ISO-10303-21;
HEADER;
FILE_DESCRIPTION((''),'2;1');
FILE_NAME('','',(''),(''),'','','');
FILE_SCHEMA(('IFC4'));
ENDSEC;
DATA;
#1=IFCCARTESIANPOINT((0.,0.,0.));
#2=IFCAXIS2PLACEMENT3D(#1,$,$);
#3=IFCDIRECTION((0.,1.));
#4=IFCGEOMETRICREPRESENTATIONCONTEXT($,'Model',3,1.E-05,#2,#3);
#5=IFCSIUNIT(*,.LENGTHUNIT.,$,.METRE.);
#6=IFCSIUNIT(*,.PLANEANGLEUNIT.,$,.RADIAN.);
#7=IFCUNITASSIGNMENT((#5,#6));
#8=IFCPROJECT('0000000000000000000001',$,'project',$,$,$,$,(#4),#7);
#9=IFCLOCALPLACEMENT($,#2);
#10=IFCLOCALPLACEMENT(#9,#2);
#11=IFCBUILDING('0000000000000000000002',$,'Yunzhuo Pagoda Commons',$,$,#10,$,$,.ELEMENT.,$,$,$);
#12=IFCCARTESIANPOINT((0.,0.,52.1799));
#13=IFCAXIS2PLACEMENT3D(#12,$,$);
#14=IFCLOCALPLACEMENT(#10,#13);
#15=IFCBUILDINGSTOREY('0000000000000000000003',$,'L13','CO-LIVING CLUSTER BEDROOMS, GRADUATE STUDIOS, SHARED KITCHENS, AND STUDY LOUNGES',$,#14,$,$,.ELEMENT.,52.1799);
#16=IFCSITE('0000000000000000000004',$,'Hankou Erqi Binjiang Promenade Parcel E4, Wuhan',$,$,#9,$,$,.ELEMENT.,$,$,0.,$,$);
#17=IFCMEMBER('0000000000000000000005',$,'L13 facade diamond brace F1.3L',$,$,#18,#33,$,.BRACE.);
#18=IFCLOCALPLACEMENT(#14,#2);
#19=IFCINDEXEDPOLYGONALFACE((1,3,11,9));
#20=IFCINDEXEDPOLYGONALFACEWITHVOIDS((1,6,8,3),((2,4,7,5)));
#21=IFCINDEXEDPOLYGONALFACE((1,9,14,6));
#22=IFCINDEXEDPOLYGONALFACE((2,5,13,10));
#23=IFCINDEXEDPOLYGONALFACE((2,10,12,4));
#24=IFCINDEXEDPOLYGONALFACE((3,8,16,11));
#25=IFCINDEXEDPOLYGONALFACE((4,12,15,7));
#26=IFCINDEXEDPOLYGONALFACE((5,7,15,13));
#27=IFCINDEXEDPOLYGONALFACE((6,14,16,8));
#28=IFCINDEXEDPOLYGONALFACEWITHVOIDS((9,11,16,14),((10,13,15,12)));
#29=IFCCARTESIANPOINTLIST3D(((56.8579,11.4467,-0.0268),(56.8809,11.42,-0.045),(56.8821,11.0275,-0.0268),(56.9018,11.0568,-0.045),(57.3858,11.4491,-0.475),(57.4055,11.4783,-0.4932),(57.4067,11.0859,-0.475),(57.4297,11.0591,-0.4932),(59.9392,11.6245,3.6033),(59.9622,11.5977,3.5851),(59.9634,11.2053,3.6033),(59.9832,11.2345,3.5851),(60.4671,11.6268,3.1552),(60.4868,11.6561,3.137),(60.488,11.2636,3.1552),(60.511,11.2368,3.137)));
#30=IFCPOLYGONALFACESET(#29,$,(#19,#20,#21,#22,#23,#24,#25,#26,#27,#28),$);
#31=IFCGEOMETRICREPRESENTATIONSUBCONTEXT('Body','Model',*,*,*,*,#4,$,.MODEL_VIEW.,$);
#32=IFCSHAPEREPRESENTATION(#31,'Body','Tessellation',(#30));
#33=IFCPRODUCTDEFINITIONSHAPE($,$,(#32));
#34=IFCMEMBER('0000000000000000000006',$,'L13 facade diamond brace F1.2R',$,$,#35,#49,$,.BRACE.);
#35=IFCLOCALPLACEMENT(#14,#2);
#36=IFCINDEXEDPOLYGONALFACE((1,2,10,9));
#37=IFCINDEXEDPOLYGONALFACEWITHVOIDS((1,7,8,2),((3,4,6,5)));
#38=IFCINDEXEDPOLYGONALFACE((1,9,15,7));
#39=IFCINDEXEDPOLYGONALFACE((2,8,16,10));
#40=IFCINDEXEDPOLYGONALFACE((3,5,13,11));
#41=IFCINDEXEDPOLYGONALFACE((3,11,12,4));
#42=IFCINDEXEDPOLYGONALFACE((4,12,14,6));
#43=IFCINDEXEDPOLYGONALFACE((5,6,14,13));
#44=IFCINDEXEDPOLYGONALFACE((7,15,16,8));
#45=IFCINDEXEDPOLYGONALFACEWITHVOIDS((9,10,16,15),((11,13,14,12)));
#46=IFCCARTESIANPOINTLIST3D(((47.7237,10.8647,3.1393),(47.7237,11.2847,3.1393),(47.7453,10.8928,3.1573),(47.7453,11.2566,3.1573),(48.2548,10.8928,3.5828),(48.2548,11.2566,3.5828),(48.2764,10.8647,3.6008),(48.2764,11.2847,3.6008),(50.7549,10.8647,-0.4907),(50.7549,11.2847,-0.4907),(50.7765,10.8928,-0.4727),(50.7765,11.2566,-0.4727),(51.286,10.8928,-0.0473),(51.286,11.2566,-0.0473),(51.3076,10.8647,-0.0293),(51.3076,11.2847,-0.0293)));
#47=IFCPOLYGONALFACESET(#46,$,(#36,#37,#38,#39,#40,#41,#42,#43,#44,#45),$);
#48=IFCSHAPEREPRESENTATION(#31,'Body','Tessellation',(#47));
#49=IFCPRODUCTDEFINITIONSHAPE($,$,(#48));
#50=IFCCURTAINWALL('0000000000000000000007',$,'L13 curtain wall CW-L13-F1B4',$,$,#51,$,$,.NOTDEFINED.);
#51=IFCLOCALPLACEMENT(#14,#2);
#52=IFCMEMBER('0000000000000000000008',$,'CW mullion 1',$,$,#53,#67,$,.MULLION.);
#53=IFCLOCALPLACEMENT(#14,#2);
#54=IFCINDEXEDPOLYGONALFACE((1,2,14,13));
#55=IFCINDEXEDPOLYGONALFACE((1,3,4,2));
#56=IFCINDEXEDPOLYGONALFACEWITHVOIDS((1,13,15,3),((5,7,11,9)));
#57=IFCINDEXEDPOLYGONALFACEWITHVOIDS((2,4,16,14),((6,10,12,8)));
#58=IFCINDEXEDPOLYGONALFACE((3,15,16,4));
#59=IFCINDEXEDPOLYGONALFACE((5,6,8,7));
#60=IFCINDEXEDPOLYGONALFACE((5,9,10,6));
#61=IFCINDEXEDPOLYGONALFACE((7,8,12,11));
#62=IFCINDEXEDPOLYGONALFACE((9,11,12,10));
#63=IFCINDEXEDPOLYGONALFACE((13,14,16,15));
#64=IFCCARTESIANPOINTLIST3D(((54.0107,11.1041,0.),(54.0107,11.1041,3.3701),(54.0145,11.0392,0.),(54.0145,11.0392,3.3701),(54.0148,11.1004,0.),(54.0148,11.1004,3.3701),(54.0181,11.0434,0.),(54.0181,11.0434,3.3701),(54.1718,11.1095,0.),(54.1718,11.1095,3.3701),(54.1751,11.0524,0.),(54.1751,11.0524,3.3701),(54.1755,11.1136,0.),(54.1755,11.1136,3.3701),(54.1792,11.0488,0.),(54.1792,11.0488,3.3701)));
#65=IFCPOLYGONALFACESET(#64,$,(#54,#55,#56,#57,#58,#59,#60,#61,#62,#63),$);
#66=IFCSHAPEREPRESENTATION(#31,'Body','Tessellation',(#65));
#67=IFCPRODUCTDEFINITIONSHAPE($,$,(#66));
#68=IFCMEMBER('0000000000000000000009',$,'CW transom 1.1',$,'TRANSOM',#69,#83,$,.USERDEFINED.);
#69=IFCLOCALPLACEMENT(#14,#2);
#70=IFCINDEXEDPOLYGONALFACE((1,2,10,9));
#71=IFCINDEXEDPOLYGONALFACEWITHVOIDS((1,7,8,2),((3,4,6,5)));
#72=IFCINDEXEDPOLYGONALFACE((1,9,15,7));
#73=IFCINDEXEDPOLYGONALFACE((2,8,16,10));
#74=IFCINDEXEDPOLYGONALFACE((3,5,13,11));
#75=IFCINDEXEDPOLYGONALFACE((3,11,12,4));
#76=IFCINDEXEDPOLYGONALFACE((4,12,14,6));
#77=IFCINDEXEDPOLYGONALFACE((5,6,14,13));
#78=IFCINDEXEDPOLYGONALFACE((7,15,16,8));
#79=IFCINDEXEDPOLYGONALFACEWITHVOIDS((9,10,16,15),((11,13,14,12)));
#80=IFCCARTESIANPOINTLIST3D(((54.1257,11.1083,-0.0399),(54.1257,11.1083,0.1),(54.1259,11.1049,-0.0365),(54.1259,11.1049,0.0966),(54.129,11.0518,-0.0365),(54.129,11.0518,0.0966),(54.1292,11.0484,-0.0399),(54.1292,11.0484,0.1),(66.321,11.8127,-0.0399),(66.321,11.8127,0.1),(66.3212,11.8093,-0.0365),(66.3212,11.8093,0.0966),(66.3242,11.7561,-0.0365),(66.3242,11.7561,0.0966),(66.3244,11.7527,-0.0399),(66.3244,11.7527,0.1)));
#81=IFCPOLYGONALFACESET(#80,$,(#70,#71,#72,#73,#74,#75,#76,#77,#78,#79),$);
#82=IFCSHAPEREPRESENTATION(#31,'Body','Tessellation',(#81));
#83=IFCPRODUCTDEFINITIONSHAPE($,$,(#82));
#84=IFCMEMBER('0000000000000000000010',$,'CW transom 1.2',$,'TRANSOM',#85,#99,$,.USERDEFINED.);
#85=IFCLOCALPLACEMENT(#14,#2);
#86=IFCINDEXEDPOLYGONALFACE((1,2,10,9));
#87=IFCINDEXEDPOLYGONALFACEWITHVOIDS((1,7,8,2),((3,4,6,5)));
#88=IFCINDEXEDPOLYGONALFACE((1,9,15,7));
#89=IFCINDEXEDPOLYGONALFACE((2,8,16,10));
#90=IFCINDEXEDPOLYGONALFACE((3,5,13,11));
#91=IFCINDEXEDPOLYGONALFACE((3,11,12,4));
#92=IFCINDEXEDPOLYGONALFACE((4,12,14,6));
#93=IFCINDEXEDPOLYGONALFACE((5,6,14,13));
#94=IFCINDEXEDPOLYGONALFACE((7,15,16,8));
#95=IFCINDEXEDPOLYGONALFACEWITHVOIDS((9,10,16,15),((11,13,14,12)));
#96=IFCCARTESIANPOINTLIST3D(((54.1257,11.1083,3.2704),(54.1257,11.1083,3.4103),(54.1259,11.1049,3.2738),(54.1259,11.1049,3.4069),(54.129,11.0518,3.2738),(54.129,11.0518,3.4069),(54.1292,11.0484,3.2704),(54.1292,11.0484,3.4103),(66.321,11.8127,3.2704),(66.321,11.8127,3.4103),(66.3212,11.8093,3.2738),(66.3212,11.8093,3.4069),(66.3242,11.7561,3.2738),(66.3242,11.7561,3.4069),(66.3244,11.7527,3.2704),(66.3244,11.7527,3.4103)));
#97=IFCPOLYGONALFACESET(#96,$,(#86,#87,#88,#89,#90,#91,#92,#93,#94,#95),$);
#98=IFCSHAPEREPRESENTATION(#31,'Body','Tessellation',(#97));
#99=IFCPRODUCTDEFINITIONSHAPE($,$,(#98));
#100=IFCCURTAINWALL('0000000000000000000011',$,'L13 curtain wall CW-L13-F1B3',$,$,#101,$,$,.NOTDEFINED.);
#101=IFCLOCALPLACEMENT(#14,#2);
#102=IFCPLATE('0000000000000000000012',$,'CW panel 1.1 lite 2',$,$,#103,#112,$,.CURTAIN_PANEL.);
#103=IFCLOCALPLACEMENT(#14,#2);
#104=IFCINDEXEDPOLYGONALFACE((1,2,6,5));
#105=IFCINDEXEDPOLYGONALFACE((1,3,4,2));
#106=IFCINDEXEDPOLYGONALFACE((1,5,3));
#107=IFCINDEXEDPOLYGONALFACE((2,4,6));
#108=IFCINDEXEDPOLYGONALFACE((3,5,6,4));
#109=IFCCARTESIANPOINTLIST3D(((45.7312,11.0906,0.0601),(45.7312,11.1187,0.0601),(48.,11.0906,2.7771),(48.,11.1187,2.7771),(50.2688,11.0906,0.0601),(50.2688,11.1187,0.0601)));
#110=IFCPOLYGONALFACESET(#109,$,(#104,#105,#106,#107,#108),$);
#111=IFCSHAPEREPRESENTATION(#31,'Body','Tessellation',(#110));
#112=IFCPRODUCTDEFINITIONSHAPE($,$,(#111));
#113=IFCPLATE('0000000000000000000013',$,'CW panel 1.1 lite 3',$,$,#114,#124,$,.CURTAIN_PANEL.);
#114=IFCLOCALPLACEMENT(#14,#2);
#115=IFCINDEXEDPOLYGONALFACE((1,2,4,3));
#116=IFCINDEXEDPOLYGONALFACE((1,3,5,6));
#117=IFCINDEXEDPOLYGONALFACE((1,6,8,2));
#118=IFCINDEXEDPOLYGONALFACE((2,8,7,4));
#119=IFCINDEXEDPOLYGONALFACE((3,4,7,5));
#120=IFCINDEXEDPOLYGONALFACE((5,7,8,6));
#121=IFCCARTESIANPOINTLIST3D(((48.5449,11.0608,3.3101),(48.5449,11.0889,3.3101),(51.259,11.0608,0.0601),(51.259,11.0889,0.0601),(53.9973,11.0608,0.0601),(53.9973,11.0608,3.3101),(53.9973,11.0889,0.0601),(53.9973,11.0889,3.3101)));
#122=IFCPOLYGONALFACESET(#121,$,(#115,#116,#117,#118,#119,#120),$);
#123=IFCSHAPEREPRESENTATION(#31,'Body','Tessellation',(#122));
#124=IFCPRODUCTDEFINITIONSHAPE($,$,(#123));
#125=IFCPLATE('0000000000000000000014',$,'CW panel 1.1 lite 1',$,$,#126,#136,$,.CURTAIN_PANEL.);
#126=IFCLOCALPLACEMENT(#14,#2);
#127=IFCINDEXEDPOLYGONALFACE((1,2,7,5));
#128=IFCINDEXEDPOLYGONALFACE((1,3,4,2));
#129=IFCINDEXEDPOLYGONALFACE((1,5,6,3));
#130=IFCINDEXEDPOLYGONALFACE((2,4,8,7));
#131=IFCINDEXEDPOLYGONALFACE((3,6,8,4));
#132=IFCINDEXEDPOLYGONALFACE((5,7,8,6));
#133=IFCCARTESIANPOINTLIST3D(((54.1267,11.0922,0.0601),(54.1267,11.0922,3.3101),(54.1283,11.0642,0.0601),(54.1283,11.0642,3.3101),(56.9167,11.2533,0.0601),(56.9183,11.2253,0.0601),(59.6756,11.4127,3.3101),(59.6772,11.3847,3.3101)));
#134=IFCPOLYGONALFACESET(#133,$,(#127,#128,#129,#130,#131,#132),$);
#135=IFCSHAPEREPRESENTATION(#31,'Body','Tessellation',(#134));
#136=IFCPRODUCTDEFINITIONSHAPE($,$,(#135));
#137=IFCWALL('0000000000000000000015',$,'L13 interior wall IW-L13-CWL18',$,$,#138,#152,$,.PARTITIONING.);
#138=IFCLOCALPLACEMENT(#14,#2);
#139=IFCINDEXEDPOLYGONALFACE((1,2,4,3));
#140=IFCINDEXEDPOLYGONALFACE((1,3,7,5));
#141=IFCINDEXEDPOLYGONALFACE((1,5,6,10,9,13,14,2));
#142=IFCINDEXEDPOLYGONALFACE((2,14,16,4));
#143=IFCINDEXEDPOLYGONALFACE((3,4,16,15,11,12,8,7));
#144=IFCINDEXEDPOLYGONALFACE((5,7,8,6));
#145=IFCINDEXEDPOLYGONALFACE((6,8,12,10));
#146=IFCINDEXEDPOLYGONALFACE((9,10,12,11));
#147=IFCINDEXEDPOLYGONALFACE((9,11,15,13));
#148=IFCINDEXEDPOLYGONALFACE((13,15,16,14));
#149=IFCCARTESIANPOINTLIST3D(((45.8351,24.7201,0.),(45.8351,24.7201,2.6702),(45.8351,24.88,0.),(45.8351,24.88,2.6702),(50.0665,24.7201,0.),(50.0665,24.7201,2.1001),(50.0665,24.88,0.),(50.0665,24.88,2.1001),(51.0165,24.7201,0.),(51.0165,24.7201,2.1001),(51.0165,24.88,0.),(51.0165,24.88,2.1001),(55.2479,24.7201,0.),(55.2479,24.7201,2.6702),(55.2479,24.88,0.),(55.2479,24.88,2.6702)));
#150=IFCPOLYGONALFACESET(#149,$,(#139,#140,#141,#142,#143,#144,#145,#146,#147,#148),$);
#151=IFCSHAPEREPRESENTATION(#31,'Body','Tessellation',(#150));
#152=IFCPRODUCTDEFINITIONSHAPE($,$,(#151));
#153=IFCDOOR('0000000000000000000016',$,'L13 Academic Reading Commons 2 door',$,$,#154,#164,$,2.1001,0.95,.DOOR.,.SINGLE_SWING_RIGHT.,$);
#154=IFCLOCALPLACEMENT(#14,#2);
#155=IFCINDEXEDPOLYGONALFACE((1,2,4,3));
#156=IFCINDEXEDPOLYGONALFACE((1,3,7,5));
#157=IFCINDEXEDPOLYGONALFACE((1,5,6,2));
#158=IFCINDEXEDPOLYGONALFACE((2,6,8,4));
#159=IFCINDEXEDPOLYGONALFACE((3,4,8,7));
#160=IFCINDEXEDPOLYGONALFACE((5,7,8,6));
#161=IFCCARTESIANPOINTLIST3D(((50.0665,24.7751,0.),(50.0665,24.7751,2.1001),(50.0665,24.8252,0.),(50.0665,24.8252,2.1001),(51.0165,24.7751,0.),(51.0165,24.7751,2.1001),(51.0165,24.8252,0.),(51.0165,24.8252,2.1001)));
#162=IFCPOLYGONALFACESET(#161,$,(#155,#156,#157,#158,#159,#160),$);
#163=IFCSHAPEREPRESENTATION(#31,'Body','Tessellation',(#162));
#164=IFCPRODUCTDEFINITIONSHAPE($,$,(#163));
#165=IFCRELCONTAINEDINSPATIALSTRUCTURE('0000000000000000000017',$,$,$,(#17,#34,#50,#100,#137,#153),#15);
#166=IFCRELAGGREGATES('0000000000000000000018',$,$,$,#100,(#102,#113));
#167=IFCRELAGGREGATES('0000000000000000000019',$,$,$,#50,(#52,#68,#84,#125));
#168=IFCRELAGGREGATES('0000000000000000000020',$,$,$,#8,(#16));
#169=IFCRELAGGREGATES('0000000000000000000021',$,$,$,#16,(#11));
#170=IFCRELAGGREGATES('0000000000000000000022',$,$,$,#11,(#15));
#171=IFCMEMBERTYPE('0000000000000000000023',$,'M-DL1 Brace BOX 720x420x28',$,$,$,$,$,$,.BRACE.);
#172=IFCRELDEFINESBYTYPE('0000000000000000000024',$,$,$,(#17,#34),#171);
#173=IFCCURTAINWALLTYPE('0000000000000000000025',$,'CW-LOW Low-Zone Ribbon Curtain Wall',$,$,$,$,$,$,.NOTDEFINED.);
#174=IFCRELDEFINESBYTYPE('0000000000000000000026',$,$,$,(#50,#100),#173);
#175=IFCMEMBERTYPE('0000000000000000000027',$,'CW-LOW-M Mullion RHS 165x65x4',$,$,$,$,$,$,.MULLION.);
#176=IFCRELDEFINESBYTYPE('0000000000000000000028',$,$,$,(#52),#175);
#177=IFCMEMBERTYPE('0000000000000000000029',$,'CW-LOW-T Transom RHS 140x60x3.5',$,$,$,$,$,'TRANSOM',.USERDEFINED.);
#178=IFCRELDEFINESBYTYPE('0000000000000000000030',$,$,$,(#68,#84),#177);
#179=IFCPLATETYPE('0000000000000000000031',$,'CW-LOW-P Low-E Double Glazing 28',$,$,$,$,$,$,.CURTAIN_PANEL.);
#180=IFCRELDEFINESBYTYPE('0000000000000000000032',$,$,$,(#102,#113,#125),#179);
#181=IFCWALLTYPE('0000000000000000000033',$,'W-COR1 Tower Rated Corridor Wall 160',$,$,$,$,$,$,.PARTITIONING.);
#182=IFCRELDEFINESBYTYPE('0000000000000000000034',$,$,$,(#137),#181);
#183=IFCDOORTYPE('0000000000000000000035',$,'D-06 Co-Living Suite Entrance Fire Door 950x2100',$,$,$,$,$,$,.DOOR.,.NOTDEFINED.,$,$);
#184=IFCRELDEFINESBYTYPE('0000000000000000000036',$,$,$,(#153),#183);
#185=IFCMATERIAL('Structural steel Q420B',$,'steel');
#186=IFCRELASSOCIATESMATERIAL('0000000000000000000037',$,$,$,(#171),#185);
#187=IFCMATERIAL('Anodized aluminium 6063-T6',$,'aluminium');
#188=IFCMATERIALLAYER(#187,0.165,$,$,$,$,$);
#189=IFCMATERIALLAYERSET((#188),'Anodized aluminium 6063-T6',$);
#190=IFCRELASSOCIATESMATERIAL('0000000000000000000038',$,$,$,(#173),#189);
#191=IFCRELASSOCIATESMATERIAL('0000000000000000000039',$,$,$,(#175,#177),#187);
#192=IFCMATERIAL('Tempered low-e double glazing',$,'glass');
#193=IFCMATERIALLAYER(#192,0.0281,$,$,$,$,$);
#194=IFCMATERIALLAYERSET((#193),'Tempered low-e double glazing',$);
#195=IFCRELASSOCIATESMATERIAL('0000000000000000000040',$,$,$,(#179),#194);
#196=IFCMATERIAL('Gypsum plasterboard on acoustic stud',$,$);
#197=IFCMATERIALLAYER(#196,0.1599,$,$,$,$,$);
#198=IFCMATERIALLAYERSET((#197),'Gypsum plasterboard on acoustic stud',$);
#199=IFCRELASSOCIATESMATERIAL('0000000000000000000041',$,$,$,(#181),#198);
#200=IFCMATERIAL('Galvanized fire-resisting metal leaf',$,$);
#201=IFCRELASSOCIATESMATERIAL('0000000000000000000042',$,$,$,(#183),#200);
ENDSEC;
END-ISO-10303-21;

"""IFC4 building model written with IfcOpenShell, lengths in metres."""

from ifc_helpers import new_model, si_unit, direction, frame, frame_2d, origin, origin_with_axes, origin_2d, place, context, subcontext, project, spatial, polyline, rectangle, hollow_rectangle, outline, extrude, source, transform, mapped, material, layer, layer_set, material_profile, profile_set, type_object, element, fill, aggregate, save


model = new_model("IFC4")

# Units and contexts
model_context = context("Model", 3, precision=1e-05, world=origin(), true_north=direction((0.0, 1.0)))
body_context = subcontext(model_context, "Body", "Model", "MODEL_VIEW")
ifc_project = project(units=[si_unit("LENGTHUNIT", "METRE"), si_unit("PLANEANGLEUNIT", "RADIAN")], contexts=[model_context])

# Site, building, storey
site_placement = place(None, origin())
site = spatial("IfcSite", under=ifc_project, at=site_placement, Name="Hankou Erqi Binjiang Promenade Parcel E4, Wuhan", CompositionType="ELEMENT", RefElevation=0.0)
building_placement = place(site_placement, origin())
building = spatial("IfcBuilding", under=site, at=building_placement, Name="Yunzhuo Pagoda Commons", CompositionType="ELEMENT")
storey_placement = place(building_placement, frame((0.0, 0.0, 52.1799)))
storey = spatial("IfcBuildingStorey", under=building, at=storey_placement, Name="L13", Description="CO-LIVING CLUSTER BEDROOMS, GRADUATE STUDIOS, SHARED KITCHENS, AND STUDY LOUNGES", CompositionType="ELEMENT", Elevation=52.1799)

# Shared definitions
ifc_material_1 = material(Name="Structural steel Q420B", Category="steel")

# Members
ifc_material_profile_1 = material_profile(ifc_material_1, hollow_rectangle(XDim=0.4199, YDim=0.72, WallThickness=0.0281, at=origin_2d()), Name="Structural steel Q420B")
ifc_profile_set_1 = profile_set([ifc_material_profile_1], Name="Structural steel Q420B")
member_type_1 = type_object("IfcMemberType", Name="M-DL1 Brace BOX 720x420x28", PredefinedType="BRACE", material=ifc_profile_set_1)
shared_shape_1 = source(origin(), body_context, "Body", "SweptSolid", [
    extrude(hollow_rectangle(XDim=0.4199, YDim=0.72, WallThickness=0.0281, at=origin_2d()), origin(), (0.0, 0.0, 1.0), 4.7649),
])
member_1_placement = place(storey_placement, frame((57.1438, 11.2529, -0.26), z_axis=(0.646673, 0.037301, 0.761855), x_axis=(-0.057586, 0.998341, 0.0)))
element("IfcMember", 1, at=member_1_placement, inside=storey, type_object=member_type_1, Name="L13 facade diamond brace F1.3L", PredefinedType="BRACE", context=body_context, shape_type="MappedRepresentation", body=[
    mapped(shared_shape_1, transform((0.0, 0.0, 0.0), scale=1.0)),
])
shared_shape_2 = source(origin(), body_context, "Body", "SweptSolid", [
    extrude(hollow_rectangle(XDim=0.4199, YDim=0.72, WallThickness=0.0281, at=origin_2d()), origin(), (0.0, 0.0, 1.0), 4.7292),
])
member_2_placement = place(storey_placement, frame((51.0312, 11.0747, -0.26), z_axis=(-0.640951, 0.0, 0.767582), x_axis=(0.0, -1.0, 0.0)))
element("IfcMember", 2, at=member_2_placement, inside=storey, type_object=member_type_1, Name="L13 facade diamond brace F1.2R", PredefinedType="BRACE", context=body_context, shape_type="MappedRepresentation", body=[
    mapped(shared_shape_2, transform((0.0, 0.0, 0.0), scale=1.0)),
])

# Curtain wall, members
ifc_material_2 = material(Name="Anodized aluminium 6063-T6", Category="aluminium")
ifc_layer_1 = layer(ifc_material_2, 0.165)
ifc_layer_set_1 = layer_set([ifc_layer_1], Name="Anodized aluminium 6063-T6")
curtain_wall_type = type_object("IfcCurtainWallType", Name="CW-LOW Low-Zone Ribbon Curtain Wall", PredefinedType="NOTDEFINED", material=ifc_layer_set_1)
curtain_wall_1_placement = place(storey_placement, origin())
curtain_wall_1 = element("IfcCurtainWall", 3, at=curtain_wall_1_placement, inside=storey, type_object=curtain_wall_type, Name="L13 curtain wall CW-L13-F1B4", PredefinedType="NOTDEFINED")
ifc_material_profile_2 = material_profile(ifc_material_2, hollow_rectangle(XDim=0.0649, YDim=0.165, WallThickness=0.0039, at=origin_2d()), Name="Anodized aluminium 6063-T6")
ifc_profile_set_2 = profile_set([ifc_material_profile_2], Name="Anodized aluminium 6063-T6")
member_type_2 = type_object("IfcMemberType", Name="CW-LOW-M Mullion RHS 165x65x4", PredefinedType="MULLION", material=ifc_profile_set_2)
shared_shape_3 = source(origin(), body_context, "Body", "SweptSolid", [
    extrude(hollow_rectangle(XDim=0.0649, YDim=0.165, WallThickness=0.0039, at=origin_2d()), origin(), (0.0, 0.0, 1.0), 3.3701),
])
member_3_placement = place(storey_placement, frame((54.095, 11.0764, 0.0), z_axis=(0.0, 0.0, 1.0), x_axis=(-0.057664, 0.998336, 0.0)))
member_3 = element("IfcMember", 4, at=member_3_placement, type_object=member_type_2, Name="CW mullion 1", PredefinedType="MULLION", context=body_context, shape_type="MappedRepresentation", body=[
    mapped(shared_shape_3, transform((0.0, 0.0, 0.0), scale=1.0)),
])
ifc_material_profile_3 = material_profile(ifc_material_2, hollow_rectangle(XDim=0.0601, YDim=0.1399, WallThickness=0.0034, at=origin_2d()), Name="Anodized aluminium 6063-T6")
ifc_profile_set_3 = profile_set([ifc_material_profile_3], Name="Anodized aluminium 6063-T6")
member_type_3 = type_object("IfcMemberType", Name="CW-LOW-T Transom RHS 140x60x3.5", ElementType="TRANSOM", PredefinedType="USERDEFINED", material=ifc_profile_set_3)
shared_shape_4 = source(origin(), body_context, "Body", "SweptSolid", [
    extrude(hollow_rectangle(XDim=0.0601, YDim=0.1399, WallThickness=0.0034, at=origin_2d()), origin(), (0.0, 0.0, 1.0), 12.2156),
])
member_4_placement = place(storey_placement, frame((54.1274, 11.0784, 0.03), z_axis=(0.998336, 0.057659, 0.0), x_axis=(-0.057659, 0.998336, 0.0)))
member_4 = element("IfcMember", 5, at=member_4_placement, type_object=member_type_3, Name="CW transom 1.1", ObjectType="TRANSOM", PredefinedType="USERDEFINED", context=body_context, shape_type="MappedRepresentation", body=[
    mapped(shared_shape_4, transform((0.0, 0.0, 0.0), scale=1.0)),
])
member_5_placement = place(storey_placement, frame((54.1274, 11.0784, 3.3403), z_axis=(0.998336, 0.057659, 0.0), x_axis=(-0.057659, 0.998336, 0.0)))
member_5 = element("IfcMember", 6, at=member_5_placement, type_object=member_type_3, Name="CW transom 1.2", ObjectType="TRANSOM", PredefinedType="USERDEFINED", context=body_context, shape_type="MappedRepresentation", body=[
    mapped(shared_shape_4, transform((0.0, 0.0, 0.0), scale=1.0)),
])

# Curtain wall, plates
curtain_wall_2_placement = place(storey_placement, origin())
curtain_wall_2 = element("IfcCurtainWall", 7, at=curtain_wall_2_placement, inside=storey, type_object=curtain_wall_type, Name="L13 curtain wall CW-L13-F1B3", PredefinedType="NOTDEFINED")
ifc_material_3 = material(Name="Tempered low-e double glazing", Category="glass")
ifc_layer_2 = layer(ifc_material_3, 0.0281)
ifc_layer_set_2 = layer_set([ifc_layer_2], Name="Tempered low-e double glazing")
plate_type = type_object("IfcPlateType", Name="CW-LOW-P Low-E Double Glazing 28", PredefinedType="CURTAIN_PANEL", material=ifc_layer_set_2)
plate_1_placement = place(storey_placement, frame((48.0, 11.1187, 1.4187), z_axis=(0.0, -1.0, 0.0), x_axis=(1.0, 0.0, 0.0)))
plate_1 = element("IfcPlate", 8, at=plate_1_placement, type_object=plate_type, Name="CW panel 1.1 lite 2", PredefinedType="CURTAIN_PANEL", context=body_context, shape_type="SweptSolid", body=[
    extrude(outline(polyline([(-2.2688, -1.3586), (2.2688, -1.3586), (0.0, 1.3584), (-2.2688, -1.3586)])), origin(), (0.0, 0.0, 1.0), 0.0281),
])
plate_2_placement = place(storey_placement, frame((51.2712, 11.0889, 1.6851), z_axis=(0.0, -1.0, 0.0), x_axis=(1.0, 0.0, 0.0)))
plate_2 = element("IfcPlate", 9, at=plate_2_placement, type_object=plate_type, Name="CW panel 1.1 lite 3", PredefinedType="CURTAIN_PANEL", context=body_context, shape_type="SweptSolid", body=[
    extrude(outline(polyline([(-2.7263, 1.625), (-0.0122, -1.625), (2.7261, -1.625), (2.7261, 1.625), (-2.7263, 1.625)])), origin(), (0.0, 0.0, 1.0), 0.0281),
])
aggregate(curtain_wall_2, [plate_1, plate_2])

# Plate
plate_3_placement = place(storey_placement, frame((56.9011, 11.2524, 1.6851), z_axis=(0.057664, -0.998336, 0.0), x_axis=(0.998336, 0.057664, 0.0)))
plate_3 = element("IfcPlate", 10, at=plate_3_placement, type_object=plate_type, Name="CW panel 1.1 lite 1", PredefinedType="CURTAIN_PANEL", context=body_context, shape_type="SweptSolid", body=[
    extrude(outline(polyline([(-2.7791, -1.625), (0.0156, -1.625), (2.7791, 1.625), (-2.7791, 1.625), (-2.7791, -1.625)])), origin(), (0.0, 0.0, 1.0), 0.0281),
])
aggregate(curtain_wall_1, [member_3, member_4, member_5, plate_3])

# Wall, opening, door
ifc_material_4 = material(Name="Gypsum plasterboard on acoustic stud")
ifc_layer_3 = layer(ifc_material_4, 0.1599)
ifc_layer_set_3 = layer_set([ifc_layer_3], Name="Gypsum plasterboard on acoustic stud")
wall_type_1 = type_object("IfcWallType", Name="W-COR1 Tower Rated Corridor Wall 160", PredefinedType="PARTITIONING", material=ifc_layer_set_3)
wall_1_placement = place(storey_placement, frame((55.248, 24.8, 0.0), z_axis=(0.0, 0.0, 1.0), x_axis=(-1.0, 0.0, 0.0)))
wall_1 = element("IfcWall", 11, at=wall_1_placement, inside=storey, type_object=wall_type_1, Name="L13 interior wall IW-L13-CWL18", PredefinedType="PARTITIONING", context=body_context, shape_type="SweptSolid", body=[
    extrude(rectangle(XDim=9.4128, YDim=0.1599, at=frame_2d((4.7065, 0.0))), origin(), (0.0, 0.0, 1.0), 2.6702),
])
opening_1_placement = place(wall_1_placement, frame((4.2314, 0.0, 0.0)))
opening_1 = element("IfcOpeningElement", 12, at=opening_1_placement, cuts=wall_1, PredefinedType="OPENING", context=body_context, shape_type="SweptSolid", body=[
    extrude(rectangle(XDim=0.95, YDim=2.1001, at=frame_2d((0.4751, 1.05))), frame((0.0, 0.0898, 0.0), z_axis=(0.0, -1.0, 0.0), x_axis=(1.0, 0.0, 0.0)), (0.0, 0.0, 1.0), 0.1799),
])
ifc_material_5 = material(Name="Galvanized fire-resisting metal leaf")
door_type = type_object("IfcDoorType", Name="D-06 Co-Living Suite Entrance Fire Door 950x2100", OperationType="NOTDEFINED", PredefinedType="DOOR", material=ifc_material_5)
shared_shape_5 = source(origin(), body_context, "Body", "SweptSolid", [
    extrude(rectangle(XDim=0.95, YDim=2.1001, at=frame_2d((0.4751, 1.05))), frame((0.0, 0.0249, 0.0), z_axis=(0.0, -1.0, 0.0), x_axis=(1.0, 0.0, 0.0)), (0.0, 0.0, 1.0), 0.05),
])
door_1_placement = place(opening_1_placement, origin_with_axes())
door_1 = element("IfcDoor", 13, at=door_1_placement, inside=storey, type_object=door_type, Name="L13 Academic Reading Commons 2 door", OperationType="SINGLE_SWING_RIGHT", OverallHeight=2.1001, OverallWidth=0.95, PredefinedType="DOOR", context=body_context, shape_type="MappedRepresentation", body=[
    mapped(shared_shape_5, transform((0.0, 0.0, 0.0), scale=1.0)),
])
fill(opening_1, door_1)

save(model, "model.ifc")
